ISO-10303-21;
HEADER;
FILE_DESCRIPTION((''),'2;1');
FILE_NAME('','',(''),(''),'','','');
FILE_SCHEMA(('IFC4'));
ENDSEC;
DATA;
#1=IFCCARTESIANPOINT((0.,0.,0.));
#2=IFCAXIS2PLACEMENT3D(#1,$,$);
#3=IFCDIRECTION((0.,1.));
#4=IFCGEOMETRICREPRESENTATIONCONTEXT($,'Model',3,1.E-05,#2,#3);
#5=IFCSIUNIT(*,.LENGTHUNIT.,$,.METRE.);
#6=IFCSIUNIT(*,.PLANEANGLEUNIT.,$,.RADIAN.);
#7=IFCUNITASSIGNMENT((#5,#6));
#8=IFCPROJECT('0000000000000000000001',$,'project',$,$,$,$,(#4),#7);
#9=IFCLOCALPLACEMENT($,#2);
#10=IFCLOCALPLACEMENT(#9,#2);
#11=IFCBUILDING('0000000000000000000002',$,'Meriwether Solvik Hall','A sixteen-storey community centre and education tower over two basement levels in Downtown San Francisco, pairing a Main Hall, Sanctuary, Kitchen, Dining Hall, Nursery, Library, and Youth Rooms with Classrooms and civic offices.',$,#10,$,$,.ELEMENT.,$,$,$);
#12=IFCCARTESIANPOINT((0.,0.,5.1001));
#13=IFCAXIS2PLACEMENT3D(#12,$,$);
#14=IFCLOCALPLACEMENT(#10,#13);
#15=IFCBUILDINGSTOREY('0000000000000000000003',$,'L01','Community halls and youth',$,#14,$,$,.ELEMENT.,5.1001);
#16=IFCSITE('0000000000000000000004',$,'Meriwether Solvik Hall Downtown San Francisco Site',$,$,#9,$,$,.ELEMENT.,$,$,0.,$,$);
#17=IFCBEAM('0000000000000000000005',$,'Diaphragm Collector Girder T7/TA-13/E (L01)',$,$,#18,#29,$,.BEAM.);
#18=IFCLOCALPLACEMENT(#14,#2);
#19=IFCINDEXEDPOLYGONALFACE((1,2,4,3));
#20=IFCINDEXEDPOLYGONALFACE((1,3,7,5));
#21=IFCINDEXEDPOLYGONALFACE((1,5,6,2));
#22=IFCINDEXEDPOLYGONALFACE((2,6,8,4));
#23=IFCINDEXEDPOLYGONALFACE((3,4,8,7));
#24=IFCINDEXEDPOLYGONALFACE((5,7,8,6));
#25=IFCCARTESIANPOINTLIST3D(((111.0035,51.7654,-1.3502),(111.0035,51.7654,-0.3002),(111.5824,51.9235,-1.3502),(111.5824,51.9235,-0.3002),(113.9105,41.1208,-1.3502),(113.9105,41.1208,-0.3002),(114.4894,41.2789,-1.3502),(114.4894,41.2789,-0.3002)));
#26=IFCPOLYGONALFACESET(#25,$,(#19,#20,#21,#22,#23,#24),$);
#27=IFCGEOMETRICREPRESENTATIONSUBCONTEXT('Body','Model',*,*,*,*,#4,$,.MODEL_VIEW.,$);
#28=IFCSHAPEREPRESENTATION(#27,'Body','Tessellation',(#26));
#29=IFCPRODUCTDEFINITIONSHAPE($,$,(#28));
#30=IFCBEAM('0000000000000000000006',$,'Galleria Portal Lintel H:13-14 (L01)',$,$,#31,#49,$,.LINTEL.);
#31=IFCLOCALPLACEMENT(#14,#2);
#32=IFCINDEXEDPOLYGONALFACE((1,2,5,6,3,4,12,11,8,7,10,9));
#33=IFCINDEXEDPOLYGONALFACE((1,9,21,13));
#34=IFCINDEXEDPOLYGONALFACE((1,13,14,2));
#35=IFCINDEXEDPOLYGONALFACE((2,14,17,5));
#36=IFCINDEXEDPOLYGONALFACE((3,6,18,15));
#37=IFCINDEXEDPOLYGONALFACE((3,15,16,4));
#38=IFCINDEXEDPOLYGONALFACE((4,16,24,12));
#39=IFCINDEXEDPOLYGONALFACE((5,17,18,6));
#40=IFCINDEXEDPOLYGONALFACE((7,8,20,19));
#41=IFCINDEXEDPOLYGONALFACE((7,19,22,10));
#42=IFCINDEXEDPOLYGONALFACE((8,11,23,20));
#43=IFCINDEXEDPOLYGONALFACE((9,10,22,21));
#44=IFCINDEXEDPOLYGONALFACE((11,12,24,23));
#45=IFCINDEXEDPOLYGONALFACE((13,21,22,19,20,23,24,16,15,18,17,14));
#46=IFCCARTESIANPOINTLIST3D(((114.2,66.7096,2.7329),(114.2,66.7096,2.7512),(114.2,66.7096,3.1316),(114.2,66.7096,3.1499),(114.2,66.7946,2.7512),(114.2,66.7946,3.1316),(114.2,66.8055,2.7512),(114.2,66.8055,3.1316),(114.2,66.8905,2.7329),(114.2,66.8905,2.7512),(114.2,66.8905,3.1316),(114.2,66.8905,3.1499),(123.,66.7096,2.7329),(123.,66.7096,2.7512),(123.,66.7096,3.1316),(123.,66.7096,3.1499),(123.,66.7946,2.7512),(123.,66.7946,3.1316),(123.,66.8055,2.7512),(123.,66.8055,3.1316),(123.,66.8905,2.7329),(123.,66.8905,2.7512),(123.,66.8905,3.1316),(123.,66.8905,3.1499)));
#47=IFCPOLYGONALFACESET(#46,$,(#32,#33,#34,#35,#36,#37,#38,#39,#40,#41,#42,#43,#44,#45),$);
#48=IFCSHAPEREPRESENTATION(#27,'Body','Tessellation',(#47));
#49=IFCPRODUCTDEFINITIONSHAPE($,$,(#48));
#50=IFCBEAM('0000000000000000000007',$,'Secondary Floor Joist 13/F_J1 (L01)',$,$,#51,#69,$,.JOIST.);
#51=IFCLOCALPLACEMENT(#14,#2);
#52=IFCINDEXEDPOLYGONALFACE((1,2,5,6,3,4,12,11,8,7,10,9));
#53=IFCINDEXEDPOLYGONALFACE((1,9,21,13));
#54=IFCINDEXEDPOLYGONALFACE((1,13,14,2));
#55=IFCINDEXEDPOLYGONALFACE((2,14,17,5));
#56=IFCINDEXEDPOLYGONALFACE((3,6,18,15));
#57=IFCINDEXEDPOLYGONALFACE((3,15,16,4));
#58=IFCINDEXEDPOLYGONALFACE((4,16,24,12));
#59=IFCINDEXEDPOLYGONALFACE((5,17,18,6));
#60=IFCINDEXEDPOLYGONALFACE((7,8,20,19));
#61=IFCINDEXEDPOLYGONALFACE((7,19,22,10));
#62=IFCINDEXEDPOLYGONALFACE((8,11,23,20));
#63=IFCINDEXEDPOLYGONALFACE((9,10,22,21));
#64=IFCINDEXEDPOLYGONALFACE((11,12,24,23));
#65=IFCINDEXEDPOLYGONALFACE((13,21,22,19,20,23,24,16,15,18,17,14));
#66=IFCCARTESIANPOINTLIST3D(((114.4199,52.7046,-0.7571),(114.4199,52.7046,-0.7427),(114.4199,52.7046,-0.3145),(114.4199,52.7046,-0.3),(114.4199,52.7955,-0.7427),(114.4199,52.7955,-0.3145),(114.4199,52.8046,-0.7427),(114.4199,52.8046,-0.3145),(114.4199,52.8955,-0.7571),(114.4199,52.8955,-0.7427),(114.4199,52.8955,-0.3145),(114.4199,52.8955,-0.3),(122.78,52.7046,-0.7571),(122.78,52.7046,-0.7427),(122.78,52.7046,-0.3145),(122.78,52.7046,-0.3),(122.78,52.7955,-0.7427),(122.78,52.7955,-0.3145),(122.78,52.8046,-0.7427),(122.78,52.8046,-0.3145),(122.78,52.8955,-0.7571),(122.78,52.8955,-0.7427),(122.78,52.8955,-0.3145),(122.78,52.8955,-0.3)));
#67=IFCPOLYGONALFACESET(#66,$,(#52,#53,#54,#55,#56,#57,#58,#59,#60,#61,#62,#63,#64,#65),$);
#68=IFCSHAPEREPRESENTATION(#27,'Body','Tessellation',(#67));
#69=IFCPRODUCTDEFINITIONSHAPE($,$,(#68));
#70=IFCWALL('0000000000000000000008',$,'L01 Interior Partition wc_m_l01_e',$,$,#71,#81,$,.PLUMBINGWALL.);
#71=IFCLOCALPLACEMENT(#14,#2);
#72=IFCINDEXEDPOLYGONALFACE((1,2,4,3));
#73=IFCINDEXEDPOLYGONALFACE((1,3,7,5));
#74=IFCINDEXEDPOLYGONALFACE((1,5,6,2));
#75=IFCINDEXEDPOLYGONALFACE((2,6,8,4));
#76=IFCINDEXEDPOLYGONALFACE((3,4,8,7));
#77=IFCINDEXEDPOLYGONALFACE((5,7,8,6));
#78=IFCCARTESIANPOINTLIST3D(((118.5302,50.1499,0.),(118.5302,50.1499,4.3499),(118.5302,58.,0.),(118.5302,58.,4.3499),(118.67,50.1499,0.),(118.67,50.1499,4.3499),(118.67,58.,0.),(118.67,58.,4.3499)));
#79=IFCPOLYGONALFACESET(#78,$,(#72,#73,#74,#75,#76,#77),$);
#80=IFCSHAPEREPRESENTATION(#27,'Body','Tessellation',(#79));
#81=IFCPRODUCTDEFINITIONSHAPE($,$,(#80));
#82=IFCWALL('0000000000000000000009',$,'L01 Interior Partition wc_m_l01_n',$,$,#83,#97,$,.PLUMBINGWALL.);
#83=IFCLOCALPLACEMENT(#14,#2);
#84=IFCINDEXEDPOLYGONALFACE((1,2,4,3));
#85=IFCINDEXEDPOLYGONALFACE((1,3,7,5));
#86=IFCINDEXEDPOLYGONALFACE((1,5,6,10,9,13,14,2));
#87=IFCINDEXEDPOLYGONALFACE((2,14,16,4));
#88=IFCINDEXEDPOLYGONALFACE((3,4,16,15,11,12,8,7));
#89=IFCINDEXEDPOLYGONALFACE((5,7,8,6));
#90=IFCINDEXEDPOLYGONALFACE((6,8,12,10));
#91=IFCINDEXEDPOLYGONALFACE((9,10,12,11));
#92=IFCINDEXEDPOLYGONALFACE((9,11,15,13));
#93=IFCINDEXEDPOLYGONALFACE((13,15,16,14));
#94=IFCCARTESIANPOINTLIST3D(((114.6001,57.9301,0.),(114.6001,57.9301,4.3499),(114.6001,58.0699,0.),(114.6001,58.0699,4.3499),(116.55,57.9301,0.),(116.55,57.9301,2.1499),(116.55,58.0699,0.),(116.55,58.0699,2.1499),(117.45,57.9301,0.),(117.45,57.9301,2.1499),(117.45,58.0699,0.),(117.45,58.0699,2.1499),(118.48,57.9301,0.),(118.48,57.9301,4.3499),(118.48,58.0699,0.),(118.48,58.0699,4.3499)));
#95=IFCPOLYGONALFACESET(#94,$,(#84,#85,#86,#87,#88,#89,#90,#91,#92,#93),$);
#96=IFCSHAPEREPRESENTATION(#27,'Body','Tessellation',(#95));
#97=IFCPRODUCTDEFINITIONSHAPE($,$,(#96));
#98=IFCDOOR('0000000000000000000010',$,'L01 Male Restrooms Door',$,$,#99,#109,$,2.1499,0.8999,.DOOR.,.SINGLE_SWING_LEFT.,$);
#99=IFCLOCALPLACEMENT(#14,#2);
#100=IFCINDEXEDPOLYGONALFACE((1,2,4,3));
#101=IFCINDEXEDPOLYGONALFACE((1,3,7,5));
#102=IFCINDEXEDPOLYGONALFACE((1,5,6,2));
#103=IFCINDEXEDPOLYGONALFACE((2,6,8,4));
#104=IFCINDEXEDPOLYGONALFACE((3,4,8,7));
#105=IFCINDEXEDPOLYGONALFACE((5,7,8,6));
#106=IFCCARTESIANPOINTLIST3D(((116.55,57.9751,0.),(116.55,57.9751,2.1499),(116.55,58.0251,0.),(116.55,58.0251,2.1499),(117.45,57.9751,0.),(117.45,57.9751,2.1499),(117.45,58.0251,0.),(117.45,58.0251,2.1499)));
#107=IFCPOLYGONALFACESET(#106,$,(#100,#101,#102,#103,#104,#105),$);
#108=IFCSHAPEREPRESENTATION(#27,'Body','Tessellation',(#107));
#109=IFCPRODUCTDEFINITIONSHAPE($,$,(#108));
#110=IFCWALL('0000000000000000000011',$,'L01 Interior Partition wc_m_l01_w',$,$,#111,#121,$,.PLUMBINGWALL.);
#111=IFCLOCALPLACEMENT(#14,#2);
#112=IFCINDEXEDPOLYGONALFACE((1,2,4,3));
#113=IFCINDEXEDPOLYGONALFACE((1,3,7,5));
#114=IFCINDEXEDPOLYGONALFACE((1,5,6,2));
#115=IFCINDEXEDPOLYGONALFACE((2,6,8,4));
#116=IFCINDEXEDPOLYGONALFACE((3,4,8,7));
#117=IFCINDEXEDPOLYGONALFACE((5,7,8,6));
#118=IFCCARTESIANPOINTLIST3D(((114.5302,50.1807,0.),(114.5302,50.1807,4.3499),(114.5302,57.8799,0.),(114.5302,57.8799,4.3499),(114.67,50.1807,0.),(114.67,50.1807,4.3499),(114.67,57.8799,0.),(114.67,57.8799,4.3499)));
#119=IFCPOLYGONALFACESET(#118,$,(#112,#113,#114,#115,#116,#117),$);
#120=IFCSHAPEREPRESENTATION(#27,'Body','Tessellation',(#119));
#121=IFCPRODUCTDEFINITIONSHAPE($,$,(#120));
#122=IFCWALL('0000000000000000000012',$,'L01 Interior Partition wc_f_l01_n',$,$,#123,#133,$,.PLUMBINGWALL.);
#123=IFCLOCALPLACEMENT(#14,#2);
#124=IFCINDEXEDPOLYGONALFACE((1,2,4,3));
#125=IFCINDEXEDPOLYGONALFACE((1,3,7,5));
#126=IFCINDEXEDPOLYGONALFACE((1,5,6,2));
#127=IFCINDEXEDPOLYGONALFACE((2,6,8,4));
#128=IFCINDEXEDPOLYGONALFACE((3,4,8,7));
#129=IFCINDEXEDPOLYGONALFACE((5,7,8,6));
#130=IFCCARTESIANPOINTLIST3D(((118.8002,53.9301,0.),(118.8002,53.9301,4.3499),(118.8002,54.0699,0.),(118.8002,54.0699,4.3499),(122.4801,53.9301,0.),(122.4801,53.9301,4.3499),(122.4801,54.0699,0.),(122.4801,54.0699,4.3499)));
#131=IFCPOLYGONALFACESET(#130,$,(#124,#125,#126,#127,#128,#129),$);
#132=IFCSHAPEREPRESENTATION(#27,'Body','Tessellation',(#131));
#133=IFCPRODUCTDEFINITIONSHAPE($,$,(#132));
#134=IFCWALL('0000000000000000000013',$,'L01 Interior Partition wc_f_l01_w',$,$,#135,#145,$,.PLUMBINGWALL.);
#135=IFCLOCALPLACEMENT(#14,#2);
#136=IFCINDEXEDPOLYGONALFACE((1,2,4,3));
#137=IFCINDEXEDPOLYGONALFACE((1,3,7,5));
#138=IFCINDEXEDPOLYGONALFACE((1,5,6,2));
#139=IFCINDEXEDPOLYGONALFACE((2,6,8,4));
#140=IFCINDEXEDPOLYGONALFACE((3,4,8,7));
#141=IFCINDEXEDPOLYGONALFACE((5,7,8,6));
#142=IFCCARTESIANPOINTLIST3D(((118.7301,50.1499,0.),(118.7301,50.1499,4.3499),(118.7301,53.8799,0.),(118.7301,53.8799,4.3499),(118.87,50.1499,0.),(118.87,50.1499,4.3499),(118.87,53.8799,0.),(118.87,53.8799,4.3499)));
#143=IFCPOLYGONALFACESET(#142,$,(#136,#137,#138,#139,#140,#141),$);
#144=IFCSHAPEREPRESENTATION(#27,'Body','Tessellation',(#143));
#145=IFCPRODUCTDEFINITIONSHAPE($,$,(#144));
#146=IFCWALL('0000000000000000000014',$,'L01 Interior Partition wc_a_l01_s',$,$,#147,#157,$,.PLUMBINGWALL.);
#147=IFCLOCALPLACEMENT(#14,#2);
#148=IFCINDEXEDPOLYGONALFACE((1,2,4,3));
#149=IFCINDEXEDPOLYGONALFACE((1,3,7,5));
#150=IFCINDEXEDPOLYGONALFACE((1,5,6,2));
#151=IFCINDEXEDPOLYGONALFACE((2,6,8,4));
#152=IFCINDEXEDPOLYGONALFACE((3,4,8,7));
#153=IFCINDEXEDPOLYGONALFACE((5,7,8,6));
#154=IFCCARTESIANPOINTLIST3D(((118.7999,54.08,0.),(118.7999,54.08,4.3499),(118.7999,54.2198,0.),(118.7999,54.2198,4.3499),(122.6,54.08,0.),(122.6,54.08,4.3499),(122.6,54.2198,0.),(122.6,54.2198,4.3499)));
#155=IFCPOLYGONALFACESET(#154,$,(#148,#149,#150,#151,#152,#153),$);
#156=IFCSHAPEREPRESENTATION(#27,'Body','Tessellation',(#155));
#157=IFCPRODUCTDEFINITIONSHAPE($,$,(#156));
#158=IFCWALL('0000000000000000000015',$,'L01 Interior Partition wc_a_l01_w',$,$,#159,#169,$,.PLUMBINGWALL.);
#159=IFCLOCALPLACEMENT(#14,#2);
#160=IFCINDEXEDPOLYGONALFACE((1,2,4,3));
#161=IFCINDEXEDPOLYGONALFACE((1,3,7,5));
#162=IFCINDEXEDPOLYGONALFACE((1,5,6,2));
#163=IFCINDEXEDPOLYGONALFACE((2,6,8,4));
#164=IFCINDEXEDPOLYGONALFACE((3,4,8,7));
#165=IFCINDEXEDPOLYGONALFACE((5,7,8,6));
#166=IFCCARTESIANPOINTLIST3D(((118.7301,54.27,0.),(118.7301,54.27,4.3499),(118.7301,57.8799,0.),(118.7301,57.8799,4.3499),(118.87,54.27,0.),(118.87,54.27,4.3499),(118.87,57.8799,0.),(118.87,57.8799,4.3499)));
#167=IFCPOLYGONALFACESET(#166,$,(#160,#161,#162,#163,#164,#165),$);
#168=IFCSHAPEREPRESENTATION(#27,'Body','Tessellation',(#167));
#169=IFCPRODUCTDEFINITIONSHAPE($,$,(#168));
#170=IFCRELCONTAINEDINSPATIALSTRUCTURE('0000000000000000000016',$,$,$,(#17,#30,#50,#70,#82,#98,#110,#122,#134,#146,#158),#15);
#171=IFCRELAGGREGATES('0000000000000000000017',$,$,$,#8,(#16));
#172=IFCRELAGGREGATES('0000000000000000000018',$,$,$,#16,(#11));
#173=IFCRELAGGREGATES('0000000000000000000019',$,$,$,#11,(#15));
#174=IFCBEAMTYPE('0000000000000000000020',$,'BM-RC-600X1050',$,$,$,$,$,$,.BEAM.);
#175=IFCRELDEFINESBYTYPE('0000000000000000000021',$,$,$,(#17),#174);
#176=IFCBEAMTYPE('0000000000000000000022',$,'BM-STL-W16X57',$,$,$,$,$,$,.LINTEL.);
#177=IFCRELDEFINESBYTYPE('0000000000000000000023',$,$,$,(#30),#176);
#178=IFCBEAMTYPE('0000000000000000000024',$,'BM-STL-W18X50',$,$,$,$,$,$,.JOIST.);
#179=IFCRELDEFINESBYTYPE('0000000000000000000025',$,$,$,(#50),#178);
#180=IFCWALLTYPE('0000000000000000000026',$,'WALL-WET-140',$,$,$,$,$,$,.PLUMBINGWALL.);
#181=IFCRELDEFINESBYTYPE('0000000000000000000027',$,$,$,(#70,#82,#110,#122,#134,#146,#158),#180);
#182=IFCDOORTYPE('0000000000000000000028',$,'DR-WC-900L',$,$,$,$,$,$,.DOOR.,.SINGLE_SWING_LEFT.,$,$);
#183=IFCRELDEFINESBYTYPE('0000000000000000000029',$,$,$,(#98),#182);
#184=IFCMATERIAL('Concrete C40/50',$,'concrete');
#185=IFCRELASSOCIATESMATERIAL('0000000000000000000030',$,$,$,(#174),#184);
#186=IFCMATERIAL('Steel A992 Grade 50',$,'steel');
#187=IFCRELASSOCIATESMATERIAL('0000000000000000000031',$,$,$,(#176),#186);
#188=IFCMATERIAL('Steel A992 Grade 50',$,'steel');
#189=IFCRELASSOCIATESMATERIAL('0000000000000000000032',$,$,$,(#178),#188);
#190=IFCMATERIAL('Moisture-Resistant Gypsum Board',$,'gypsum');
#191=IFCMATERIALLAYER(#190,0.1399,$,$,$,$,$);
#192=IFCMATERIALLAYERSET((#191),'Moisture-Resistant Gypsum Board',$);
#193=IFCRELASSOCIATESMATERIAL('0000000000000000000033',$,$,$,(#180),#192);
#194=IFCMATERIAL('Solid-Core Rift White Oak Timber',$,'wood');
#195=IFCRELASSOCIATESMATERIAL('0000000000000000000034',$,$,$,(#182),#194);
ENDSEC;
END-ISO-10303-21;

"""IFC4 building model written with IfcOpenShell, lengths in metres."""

from ifc_helpers import new_model, si_unit, direction, frame, frame_2d, origin, origin_2d, place, context, subcontext, project, spatial, rectangle, i_section, extrude, material, layer, layer_set, material_profile, profile_set, type_object, element, fill, save


model = new_model("IFC4")

# Units and contexts
model_context = context("Model", 3, precision=1e-05, world=origin(), true_north=direction((0.0, 1.0)))
body_context = subcontext(model_context, "Body", "Model", "MODEL_VIEW")
ifc_project = project(units=[si_unit("LENGTHUNIT", "METRE"), si_unit("PLANEANGLEUNIT", "RADIAN")], contexts=[model_context])

# Site, building, storey
site_placement = place(None, origin())
site = spatial("IfcSite", under=ifc_project, at=site_placement, Name="Meriwether Solvik Hall Downtown San Francisco Site", CompositionType="ELEMENT", RefElevation=0.0)
building_placement = place(site_placement, origin())
building = spatial("IfcBuilding", under=site, at=building_placement, Name="Meriwether Solvik Hall", Description="A sixteen-storey community centre and education tower over two basement levels in Downtown San Francisco, pairing a Main Hall, Sanctuary, Kitchen, Dining Hall, Nursery, Library, and Youth Rooms with Classrooms and civic offices.", CompositionType="ELEMENT")
storey_placement = place(building_placement, frame((0.0, 0.0, 5.1001)))
storey = spatial("IfcBuildingStorey", under=building, at=storey_placement, Name="L01", Description="Community halls and youth", CompositionType="ELEMENT", Elevation=5.1001)

# Beams
ifc_material_1 = material(Name="Concrete C40/50", Category="concrete")
ifc_material_profile_1 = material_profile(ifc_material_1, rectangle(XDim=0.6001, YDim=1.05, at=origin_2d()), Name="RCB-600X1050")
ifc_profile_set_1 = profile_set([ifc_material_profile_1], Name="Concrete C40/50")
beam_type_1 = type_object("IfcBeamType", Name="BM-RC-600X1050", PredefinedType="BEAM", material=ifc_profile_set_1)
beam_1_placement = place(storey_placement, frame((111.293, 51.8445, -0.8252), z_axis=(0.263449, -0.964673, 0.0), x_axis=(0.964673, 0.263449, 0.0)))
element("IfcBeam", 1, at=beam_1_placement, inside=storey, type_object=beam_type_1, Name="Diaphragm Collector Girder T7/TA-13/E (L01)", PredefinedType="BEAM", context=body_context, shape_type="SweptSolid", body=[
    extrude(rectangle(XDim=0.6001, YDim=1.05, at=origin_2d()), origin(), (0.0, 0.0, 1.0), 11.0344),
])
ifc_material_2 = material(Name="Steel A992 Grade 50", Category="steel")
ifc_material_profile_2 = material_profile(ifc_material_2, i_section(OverallWidth=0.1809, OverallDepth=0.417, WebThickness=0.011, FlangeThickness=0.0183, at=origin_2d()), Name="W16X57")
ifc_profile_set_2 = profile_set([ifc_material_profile_2], Name="Steel A992 Grade 50")
beam_type_2 = type_object("IfcBeamType", Name="BM-STL-W16X57", PredefinedType="LINTEL", material=ifc_profile_set_2)
beam_2_placement = place(storey_placement, frame((114.2, 66.8, 2.9414), z_axis=(1.0, 0.0, 0.0), x_axis=(0.0, 1.0, 0.0)))
element("IfcBeam", 2, at=beam_2_placement, inside=storey, type_object=beam_type_2, Name="Galleria Portal Lintel H:13-14 (L01)", PredefinedType="LINTEL", context=body_context, shape_type="SweptSolid", body=[
    extrude(i_section(OverallWidth=0.1809, OverallDepth=0.417, WebThickness=0.011, FlangeThickness=0.0183, at=origin_2d()), origin(), (0.0, 0.0, 1.0), 8.8),
])
ifc_material_3 = material(Name="Steel A992 Grade 50", Category="steel")
ifc_material_profile_3 = material_profile(ifc_material_3, i_section(OverallWidth=0.1909, OverallDepth=0.457, WebThickness=0.009, FlangeThickness=0.0144, at=origin_2d()), Name="W18X50")
ifc_profile_set_3 = profile_set([ifc_material_profile_3], Name="Steel A992 Grade 50")
beam_type_3 = type_object("IfcBeamType", Name="BM-STL-W18X50", PredefinedType="JOIST", material=ifc_profile_set_3)
beam_3_placement = place(storey_placement, frame((114.4199, 52.8, -0.5286), z_axis=(1.0, 0.0, 0.0), x_axis=(0.0, 1.0, 0.0)))
element("IfcBeam", 3, at=beam_3_placement, inside=storey, type_object=beam_type_3, Name="Secondary Floor Joist 13/F_J1 (L01)", PredefinedType="JOIST", context=body_context, shape_type="SweptSolid", body=[
    extrude(i_section(OverallWidth=0.1909, OverallDepth=0.457, WebThickness=0.009, FlangeThickness=0.0144, at=origin_2d()), origin(), (0.0, 0.0, 1.0), 8.3601),
])

# Wall
ifc_material_4 = material(Name="Moisture-Resistant Gypsum Board", Category="gypsum")
ifc_layer = layer(ifc_material_4, 0.1399)
ifc_layer_set = layer_set([ifc_layer], Name="Moisture-Resistant Gypsum Board")
wall_type = type_object("IfcWallType", Name="WALL-WET-140", PredefinedType="PLUMBINGWALL", material=ifc_layer_set)
wall_1_placement = place(storey_placement, frame((118.6001, 50.1499, 0.0), z_axis=(0.0, 0.0, 1.0), x_axis=(0.0, 1.0, 0.0)))
element("IfcWall", 4, at=wall_1_placement, inside=storey, type_object=wall_type, Name="L01 Interior Partition wc_m_l01_e", PredefinedType="PLUMBINGWALL", context=body_context, shape_type="SweptSolid", body=[
    extrude(rectangle(XDim=7.8501, YDim=0.1399, at=frame_2d((3.925, 0.0))), origin(), (0.0, 0.0, 1.0), 4.3499),
])

# Wall, opening, door
wall_2_placement = place(storey_placement, frame((118.48, 58.0, 0.0), z_axis=(0.0, 0.0, 1.0), x_axis=(-1.0, 0.0, 0.0)))
wall_2 = element("IfcWall", 5, at=wall_2_placement, inside=storey, type_object=wall_type, Name="L01 Interior Partition wc_m_l01_n", PredefinedType="PLUMBINGWALL", context=body_context, shape_type="SweptSolid", body=[
    extrude(rectangle(XDim=3.8799, YDim=0.1399, at=frame_2d((1.9399, 0.0))), origin(), (0.0, 0.0, 1.0), 4.3499),
])
opening_placement = place(wall_2_placement, frame((1.03, 0.0, 0.0)))
opening = element("IfcOpeningElement", 6, at=opening_placement, cuts=wall_2, PredefinedType="OPENING", context=body_context, shape_type="SweptSolid", body=[
    extrude(rectangle(XDim=0.8999, YDim=2.1499, at=frame_2d((0.45, 1.075))), frame((0.0, 0.082, 0.0), z_axis=(0.0, -1.0, 0.0), x_axis=(1.0, 0.0, 0.0)), (0.0, 0.0, 1.0), 0.1638),
])
ifc_material_5 = material(Name="Solid-Core Rift White Oak Timber", Category="wood")
door_type = type_object("IfcDoorType", Name="DR-WC-900L", OperationType="SINGLE_SWING_LEFT", PredefinedType="DOOR", material=ifc_material_5)
door_placement = place(opening_placement, origin())
door = element("IfcDoor", 7, at=door_placement, inside=storey, type_object=door_type, Name="L01 Male Restrooms Door", OperationType="SINGLE_SWING_LEFT", OverallHeight=2.1499, OverallWidth=0.8999, PredefinedType="DOOR", context=body_context, shape_type="SweptSolid", body=[
    extrude(rectangle(XDim=0.8999, YDim=2.1499, at=frame_2d((0.45, 1.075))), frame((0.0, 0.0249, 0.0), z_axis=(0.0, -1.0, 0.0), x_axis=(1.0, 0.0, 0.0)), (0.0, 0.0, 1.0), 0.05),
])
fill(opening, door)

# Walls
wall_3_placement = place(storey_placement, frame((114.6001, 57.8799, 0.0), z_axis=(0.0, 0.0, 1.0), x_axis=(0.0, -1.0, 0.0)))
element("IfcWall", 8, at=wall_3_placement, inside=storey, type_object=wall_type, Name="L01 Interior Partition wc_m_l01_w", PredefinedType="PLUMBINGWALL", context=body_context, shape_type="SweptSolid", body=[
    extrude(rectangle(XDim=7.6992, YDim=0.1399, at=frame_2d((3.8496, 0.0))), origin(), (0.0, 0.0, 1.0), 4.3499),
])
wall_4_placement = place(storey_placement, frame((122.48, 54.0, 0.0), z_axis=(0.0, 0.0, 1.0), x_axis=(-1.0, 0.0, 0.0)))
element("IfcWall", 9, at=wall_4_placement, inside=storey, type_object=wall_type, Name="L01 Interior Partition wc_f_l01_n", PredefinedType="PLUMBINGWALL", context=body_context, shape_type="SweptSolid", body=[
    extrude(rectangle(XDim=3.6799, YDim=0.1399, at=frame_2d((1.8398, 0.0))), origin(), (0.0, 0.0, 1.0), 4.3499),
])
wall_5_placement = place(storey_placement, frame((118.8, 53.8799, 0.0), z_axis=(0.0, 0.0, 1.0), x_axis=(0.0, -1.0, 0.0)))
element("IfcWall", 10, at=wall_5_placement, inside=storey, type_object=wall_type, Name="L01 Interior Partition wc_f_l01_w", PredefinedType="PLUMBINGWALL", context=body_context, shape_type="SweptSolid", body=[
    extrude(rectangle(XDim=3.73, YDim=0.1399, at=frame_2d((1.865, 0.0))), origin(), (0.0, 0.0, 1.0), 4.3499),
])
wall_6_placement = place(storey_placement, frame((118.8, 54.1499, 0.0), z_axis=(0.0, 0.0, 1.0), x_axis=(1.0, 0.0, 0.0)))
element("IfcWall", 11, at=wall_6_placement, inside=storey, type_object=wall_type, Name="L01 Interior Partition wc_a_l01_s", PredefinedType="PLUMBINGWALL", context=body_context, shape_type="SweptSolid", body=[
    extrude(rectangle(XDim=3.8, YDim=0.1399, at=frame_2d((1.8999, 0.0))), origin(), (0.0, 0.0, 1.0), 4.3499),
])
wall_7_placement = place(storey_placement, frame((118.8, 57.8799, 0.0), z_axis=(0.0, 0.0, 1.0), x_axis=(0.0, -1.0, 0.0)))
element("IfcWall", 12, at=wall_7_placement, inside=storey, type_object=wall_type, Name="L01 Interior Partition wc_a_l01_w", PredefinedType="PLUMBINGWALL", context=body_context, shape_type="SweptSolid", body=[
    extrude(rectangle(XDim=3.6099, YDim=0.1399, at=frame_2d((1.8049, 0.0))), origin(), (0.0, 0.0, 1.0), 4.3499),
])

save(model, "model.ifc")
